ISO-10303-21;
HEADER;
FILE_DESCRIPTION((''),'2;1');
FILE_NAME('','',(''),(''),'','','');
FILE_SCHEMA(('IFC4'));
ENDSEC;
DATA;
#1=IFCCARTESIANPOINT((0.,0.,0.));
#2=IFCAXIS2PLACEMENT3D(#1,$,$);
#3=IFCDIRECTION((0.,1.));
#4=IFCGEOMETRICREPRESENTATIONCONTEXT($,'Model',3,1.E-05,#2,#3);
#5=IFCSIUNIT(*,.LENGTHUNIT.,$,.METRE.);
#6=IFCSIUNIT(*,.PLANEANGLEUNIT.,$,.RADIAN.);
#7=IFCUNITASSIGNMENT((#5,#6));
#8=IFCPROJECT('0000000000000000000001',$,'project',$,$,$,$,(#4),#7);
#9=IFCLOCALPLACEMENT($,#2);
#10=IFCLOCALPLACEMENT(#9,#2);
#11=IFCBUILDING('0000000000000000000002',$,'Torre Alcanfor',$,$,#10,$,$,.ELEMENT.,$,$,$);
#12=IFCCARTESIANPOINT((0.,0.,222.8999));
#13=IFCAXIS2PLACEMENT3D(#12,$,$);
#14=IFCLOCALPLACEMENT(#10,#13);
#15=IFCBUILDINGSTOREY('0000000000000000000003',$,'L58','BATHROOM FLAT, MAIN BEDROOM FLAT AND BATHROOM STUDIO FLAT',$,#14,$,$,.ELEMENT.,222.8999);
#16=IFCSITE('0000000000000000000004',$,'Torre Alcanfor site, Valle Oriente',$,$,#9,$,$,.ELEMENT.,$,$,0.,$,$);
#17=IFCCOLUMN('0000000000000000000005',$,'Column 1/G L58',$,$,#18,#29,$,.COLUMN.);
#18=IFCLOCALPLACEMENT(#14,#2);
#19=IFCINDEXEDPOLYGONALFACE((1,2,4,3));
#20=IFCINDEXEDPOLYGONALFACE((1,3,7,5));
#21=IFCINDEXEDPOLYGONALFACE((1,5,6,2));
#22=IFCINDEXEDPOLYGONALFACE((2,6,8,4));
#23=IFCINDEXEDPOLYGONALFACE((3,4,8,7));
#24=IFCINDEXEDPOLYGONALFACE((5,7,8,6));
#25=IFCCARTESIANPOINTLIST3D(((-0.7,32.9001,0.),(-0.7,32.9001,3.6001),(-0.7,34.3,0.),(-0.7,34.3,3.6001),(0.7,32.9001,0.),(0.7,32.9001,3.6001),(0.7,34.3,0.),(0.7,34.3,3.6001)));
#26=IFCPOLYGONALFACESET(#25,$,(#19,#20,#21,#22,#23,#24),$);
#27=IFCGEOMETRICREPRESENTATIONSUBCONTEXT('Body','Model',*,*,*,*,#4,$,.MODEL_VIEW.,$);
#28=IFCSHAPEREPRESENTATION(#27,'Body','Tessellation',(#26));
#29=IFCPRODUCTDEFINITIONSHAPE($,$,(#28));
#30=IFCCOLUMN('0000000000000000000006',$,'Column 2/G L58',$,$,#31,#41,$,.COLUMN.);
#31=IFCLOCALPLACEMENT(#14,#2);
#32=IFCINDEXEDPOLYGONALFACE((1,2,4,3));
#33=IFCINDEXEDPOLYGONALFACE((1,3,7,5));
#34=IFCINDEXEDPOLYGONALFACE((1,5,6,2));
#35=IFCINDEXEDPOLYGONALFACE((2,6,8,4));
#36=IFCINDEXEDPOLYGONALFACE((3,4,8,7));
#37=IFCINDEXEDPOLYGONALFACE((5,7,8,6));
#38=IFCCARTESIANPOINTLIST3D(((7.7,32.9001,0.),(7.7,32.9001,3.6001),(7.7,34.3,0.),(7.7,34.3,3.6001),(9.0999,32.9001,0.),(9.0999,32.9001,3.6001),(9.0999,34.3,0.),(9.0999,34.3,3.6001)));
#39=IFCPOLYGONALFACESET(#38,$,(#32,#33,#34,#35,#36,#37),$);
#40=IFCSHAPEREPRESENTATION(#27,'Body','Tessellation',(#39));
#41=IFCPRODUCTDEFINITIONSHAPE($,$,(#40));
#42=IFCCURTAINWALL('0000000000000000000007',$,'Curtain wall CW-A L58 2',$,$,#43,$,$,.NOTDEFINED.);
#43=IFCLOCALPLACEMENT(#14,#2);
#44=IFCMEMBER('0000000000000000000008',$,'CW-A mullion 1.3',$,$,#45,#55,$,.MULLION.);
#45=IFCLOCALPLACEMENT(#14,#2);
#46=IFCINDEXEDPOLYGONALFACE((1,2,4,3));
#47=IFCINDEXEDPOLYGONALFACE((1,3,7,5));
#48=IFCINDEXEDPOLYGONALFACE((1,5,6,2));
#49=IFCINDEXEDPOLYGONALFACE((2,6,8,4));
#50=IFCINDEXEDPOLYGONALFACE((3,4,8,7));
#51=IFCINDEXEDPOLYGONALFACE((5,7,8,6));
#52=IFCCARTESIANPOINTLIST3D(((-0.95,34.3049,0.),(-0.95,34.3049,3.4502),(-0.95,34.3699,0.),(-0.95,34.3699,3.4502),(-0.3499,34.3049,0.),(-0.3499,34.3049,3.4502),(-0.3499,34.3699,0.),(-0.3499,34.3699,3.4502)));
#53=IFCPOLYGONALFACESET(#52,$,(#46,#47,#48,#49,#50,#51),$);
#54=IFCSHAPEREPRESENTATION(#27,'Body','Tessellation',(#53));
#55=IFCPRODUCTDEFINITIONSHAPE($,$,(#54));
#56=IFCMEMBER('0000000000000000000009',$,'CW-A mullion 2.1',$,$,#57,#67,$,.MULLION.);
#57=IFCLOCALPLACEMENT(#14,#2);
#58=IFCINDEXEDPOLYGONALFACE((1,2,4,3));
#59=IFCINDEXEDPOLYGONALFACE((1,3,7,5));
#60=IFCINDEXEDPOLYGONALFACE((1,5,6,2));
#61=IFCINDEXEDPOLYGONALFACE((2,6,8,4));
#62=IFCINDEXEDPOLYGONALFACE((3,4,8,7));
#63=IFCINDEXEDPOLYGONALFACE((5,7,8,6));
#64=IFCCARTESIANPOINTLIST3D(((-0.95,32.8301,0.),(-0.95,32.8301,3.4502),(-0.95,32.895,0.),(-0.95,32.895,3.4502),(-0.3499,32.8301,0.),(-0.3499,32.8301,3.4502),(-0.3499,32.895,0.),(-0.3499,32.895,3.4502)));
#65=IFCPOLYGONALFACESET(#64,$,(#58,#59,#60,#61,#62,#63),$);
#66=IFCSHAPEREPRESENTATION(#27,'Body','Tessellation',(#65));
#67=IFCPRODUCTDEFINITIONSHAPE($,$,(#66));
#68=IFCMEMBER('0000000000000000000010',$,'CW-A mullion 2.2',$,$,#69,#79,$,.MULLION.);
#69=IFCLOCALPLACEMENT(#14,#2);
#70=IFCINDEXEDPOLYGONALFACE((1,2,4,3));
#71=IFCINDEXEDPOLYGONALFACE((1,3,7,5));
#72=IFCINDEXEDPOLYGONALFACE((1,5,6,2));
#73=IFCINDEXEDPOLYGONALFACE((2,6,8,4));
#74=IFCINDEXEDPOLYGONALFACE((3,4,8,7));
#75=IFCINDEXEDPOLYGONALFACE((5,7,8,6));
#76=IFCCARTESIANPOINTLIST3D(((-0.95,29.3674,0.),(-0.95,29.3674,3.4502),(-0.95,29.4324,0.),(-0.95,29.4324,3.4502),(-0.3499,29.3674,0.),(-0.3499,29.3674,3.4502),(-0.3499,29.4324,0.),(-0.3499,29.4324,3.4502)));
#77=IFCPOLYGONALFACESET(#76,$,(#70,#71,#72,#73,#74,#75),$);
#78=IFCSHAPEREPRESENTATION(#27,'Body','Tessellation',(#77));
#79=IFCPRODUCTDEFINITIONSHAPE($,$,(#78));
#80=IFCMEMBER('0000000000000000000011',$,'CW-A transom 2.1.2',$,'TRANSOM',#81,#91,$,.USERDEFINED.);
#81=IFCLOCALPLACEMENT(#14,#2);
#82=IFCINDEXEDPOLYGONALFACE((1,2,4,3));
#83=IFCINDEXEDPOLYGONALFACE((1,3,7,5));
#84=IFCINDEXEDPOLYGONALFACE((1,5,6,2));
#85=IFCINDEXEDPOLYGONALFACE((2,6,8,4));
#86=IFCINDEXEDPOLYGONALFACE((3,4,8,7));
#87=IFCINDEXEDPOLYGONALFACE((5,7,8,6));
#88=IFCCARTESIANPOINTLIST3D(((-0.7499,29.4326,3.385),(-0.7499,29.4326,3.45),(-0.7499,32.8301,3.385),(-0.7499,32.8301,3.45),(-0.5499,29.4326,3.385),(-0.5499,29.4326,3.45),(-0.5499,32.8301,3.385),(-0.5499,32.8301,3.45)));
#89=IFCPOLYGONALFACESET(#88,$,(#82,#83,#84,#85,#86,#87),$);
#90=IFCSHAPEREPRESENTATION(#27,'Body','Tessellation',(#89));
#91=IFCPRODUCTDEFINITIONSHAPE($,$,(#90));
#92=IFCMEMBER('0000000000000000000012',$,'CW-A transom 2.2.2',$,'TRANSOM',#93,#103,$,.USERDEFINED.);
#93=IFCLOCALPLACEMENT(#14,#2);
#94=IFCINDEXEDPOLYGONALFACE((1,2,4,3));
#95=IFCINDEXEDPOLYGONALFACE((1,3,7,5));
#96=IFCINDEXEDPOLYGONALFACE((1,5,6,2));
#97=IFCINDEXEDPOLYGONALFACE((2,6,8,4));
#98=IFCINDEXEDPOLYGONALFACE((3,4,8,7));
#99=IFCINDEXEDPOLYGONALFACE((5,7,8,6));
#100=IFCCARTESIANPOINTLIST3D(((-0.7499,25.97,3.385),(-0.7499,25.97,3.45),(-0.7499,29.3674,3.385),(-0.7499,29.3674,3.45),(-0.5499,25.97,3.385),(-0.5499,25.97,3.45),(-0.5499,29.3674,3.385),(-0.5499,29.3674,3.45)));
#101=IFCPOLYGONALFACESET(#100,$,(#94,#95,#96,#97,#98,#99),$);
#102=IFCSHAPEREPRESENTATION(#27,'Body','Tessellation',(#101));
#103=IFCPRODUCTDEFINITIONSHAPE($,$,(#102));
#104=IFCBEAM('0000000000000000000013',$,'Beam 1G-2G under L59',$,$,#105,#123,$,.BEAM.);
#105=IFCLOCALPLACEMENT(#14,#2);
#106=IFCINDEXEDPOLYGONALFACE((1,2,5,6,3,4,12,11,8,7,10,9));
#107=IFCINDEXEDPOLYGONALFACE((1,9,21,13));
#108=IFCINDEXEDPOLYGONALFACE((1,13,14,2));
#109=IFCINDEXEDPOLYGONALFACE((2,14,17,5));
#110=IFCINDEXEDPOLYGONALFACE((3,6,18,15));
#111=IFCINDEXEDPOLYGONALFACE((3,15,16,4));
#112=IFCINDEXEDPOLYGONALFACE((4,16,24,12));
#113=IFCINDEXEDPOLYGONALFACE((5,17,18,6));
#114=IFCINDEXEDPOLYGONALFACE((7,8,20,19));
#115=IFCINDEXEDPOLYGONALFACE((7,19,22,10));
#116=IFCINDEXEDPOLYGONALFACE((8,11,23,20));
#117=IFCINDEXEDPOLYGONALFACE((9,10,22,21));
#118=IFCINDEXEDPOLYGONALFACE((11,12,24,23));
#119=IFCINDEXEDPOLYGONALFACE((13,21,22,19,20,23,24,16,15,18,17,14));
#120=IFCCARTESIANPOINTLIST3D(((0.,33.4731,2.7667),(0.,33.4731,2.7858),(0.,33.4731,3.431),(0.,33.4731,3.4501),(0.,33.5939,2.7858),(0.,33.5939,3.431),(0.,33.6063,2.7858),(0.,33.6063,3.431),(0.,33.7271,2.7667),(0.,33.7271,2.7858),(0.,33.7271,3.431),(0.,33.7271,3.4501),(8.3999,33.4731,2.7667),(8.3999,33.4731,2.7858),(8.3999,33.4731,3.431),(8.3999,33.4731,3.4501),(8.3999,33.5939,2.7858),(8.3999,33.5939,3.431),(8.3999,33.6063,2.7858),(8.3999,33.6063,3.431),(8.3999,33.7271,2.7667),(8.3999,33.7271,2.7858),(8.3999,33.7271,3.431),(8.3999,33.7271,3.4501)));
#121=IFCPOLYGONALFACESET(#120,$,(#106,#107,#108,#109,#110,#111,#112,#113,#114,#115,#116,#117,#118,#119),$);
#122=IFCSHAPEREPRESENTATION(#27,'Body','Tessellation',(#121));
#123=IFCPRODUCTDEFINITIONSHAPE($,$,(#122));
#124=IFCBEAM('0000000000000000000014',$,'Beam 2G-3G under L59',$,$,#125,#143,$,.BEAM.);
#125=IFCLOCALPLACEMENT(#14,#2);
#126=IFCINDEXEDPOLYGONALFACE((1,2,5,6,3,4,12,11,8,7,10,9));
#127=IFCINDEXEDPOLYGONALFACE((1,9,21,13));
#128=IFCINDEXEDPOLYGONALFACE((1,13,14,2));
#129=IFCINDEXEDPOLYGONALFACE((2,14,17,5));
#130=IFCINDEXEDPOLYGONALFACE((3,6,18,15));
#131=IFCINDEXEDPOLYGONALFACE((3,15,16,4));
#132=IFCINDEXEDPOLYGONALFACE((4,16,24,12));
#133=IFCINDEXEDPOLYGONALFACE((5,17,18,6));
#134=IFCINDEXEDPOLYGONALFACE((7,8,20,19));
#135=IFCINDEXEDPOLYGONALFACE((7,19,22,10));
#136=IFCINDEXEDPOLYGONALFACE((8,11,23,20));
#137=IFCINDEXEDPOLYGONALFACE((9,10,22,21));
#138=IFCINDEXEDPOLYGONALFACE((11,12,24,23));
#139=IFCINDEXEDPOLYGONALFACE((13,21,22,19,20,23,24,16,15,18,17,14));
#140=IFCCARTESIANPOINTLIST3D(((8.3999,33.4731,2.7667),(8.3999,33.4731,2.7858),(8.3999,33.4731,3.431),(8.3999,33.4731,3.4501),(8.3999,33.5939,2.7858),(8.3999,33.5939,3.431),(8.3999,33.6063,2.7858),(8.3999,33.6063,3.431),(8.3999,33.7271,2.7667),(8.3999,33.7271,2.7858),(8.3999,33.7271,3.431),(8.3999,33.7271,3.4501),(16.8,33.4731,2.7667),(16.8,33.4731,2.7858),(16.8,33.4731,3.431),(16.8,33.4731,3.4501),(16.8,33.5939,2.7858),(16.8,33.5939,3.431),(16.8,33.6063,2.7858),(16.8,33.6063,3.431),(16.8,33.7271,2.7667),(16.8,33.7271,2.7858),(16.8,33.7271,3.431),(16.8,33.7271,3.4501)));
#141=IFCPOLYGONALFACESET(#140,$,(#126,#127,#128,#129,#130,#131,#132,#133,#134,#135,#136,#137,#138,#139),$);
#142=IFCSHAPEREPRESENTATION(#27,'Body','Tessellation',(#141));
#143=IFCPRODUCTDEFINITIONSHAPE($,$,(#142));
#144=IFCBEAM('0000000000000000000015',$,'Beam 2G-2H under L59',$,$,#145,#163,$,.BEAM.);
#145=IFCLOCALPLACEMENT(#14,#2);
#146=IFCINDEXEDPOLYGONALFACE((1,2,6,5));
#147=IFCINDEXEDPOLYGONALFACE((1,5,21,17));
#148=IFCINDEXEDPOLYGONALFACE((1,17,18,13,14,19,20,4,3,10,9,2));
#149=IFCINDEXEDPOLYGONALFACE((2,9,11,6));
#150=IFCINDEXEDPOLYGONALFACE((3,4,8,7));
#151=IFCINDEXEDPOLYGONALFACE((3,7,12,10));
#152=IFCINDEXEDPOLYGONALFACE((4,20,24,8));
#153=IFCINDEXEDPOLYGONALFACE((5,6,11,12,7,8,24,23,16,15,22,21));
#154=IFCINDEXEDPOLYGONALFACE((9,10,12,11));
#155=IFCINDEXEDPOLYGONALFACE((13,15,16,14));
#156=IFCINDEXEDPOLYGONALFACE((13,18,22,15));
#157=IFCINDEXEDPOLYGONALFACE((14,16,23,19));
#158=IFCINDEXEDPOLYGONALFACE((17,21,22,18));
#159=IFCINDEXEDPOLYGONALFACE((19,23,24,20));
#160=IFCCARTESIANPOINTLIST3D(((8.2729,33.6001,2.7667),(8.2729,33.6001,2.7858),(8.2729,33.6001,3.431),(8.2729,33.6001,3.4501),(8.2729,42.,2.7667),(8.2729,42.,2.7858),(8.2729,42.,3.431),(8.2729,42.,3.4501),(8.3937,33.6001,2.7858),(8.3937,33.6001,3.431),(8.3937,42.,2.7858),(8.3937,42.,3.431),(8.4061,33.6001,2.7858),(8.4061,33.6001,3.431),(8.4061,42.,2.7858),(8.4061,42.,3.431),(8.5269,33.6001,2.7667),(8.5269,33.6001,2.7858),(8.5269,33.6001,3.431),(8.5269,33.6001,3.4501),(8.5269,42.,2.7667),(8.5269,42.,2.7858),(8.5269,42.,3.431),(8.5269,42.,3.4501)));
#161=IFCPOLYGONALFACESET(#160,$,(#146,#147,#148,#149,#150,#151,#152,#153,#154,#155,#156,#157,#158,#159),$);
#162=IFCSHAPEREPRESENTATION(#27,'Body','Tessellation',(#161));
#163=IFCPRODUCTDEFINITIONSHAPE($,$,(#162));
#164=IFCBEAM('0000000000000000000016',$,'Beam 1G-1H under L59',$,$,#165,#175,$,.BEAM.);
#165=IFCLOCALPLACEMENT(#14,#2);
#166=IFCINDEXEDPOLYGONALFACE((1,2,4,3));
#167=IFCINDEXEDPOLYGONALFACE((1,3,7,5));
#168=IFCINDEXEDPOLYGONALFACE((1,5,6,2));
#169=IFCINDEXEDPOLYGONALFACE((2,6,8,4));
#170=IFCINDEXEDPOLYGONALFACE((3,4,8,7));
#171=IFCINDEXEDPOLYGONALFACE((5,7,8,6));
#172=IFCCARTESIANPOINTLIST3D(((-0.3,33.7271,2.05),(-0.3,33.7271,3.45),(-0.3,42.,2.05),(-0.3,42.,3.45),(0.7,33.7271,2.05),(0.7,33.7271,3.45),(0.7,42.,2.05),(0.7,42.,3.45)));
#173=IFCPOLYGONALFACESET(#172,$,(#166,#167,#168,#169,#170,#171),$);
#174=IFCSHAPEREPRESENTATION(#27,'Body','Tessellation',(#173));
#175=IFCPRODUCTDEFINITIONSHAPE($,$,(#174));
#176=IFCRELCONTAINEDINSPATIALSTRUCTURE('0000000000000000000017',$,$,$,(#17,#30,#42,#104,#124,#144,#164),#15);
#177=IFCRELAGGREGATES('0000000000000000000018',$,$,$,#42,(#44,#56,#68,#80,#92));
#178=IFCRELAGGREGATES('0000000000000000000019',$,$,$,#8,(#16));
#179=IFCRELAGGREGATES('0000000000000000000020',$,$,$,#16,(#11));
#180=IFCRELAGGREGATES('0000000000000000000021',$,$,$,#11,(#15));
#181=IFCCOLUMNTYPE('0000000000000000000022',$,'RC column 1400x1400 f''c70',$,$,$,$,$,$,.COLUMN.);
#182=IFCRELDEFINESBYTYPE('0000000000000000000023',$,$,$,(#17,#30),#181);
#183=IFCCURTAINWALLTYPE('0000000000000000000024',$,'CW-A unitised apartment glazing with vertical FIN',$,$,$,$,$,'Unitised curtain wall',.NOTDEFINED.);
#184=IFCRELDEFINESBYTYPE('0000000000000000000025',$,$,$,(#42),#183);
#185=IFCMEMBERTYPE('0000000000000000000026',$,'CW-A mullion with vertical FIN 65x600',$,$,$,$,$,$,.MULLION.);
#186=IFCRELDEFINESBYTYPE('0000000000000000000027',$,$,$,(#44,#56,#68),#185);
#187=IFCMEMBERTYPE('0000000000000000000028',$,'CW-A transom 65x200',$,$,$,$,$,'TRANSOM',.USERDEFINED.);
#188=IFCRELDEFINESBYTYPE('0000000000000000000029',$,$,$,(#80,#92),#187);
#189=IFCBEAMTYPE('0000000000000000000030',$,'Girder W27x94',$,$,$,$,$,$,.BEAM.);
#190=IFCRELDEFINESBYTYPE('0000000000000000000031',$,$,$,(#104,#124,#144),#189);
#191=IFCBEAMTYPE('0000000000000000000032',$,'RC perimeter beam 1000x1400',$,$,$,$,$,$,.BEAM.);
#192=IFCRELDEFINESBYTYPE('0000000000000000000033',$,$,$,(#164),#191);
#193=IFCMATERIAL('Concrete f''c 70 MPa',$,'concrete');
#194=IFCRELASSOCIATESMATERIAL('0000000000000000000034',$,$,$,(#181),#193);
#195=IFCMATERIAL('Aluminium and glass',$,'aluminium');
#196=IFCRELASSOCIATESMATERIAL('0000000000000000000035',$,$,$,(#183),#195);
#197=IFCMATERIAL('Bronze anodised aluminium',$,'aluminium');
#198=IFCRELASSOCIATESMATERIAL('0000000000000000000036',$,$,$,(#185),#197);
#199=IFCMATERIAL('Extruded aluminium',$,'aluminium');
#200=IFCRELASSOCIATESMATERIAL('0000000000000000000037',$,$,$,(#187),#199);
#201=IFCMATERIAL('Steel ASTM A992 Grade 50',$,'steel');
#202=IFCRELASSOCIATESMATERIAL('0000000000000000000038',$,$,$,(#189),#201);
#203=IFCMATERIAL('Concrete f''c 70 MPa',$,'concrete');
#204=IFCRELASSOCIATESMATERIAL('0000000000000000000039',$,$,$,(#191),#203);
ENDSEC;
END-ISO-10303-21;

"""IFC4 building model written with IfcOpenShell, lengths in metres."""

from ifc_helpers import new_model, si_unit, direction, frame, origin, origin_2d, place, context, subcontext, project, spatial, rectangle, i_section, extrude, material, material_profile, profile_set, type_object, element, aggregate, save


model = new_model("IFC4")

# Units and contexts
model_context = context("Model", 3, precision=1e-05, world=origin(), true_north=direction((0.0, 1.0)))
body_context = subcontext(model_context, "Body", "Model", "MODEL_VIEW")
ifc_project = project(units=[si_unit("LENGTHUNIT", "METRE"), si_unit("PLANEANGLEUNIT", "RADIAN")], contexts=[model_context])

# Site, building, storey
site_placement = place(None, origin())
site = spatial("IfcSite", under=ifc_project, at=site_placement, Name="Torre Alcanfor site, Valle Oriente", CompositionType="ELEMENT", RefElevation=0.0)
building_placement = place(site_placement, origin())
building = spatial("IfcBuilding", under=site, at=building_placement, Name="Torre Alcanfor", CompositionType="ELEMENT")
storey_placement = place(building_placement, frame((0.0, 0.0, 222.8999)))
storey = spatial("IfcBuildingStorey", under=building, at=storey_placement, Name="L58", Description="BATHROOM FLAT, MAIN BEDROOM FLAT AND BATHROOM STUDIO FLAT", CompositionType="ELEMENT", Elevation=222.8999)

# Columns
ifc_material_1 = material(Name="Concrete f'c 70 MPa", Category="concrete")
ifc_material_profile_1 = material_profile(ifc_material_1, rectangle(XDim=1.3999, YDim=1.3999, at=origin_2d()), Name="1400x1400")
ifc_profile_set_1 = profile_set([ifc_material_profile_1], Name="Concrete f'c 70 MPa")
column_type = type_object("IfcColumnType", Name="RC column 1400x1400 f'c70", PredefinedType="COLUMN", material=ifc_profile_set_1)
for number, where, z_axis, x_axis, name in (
    (1, (0.0, 33.6001, 0.0), (0.0, 0.0, 1.0), (1.0, 0.0, 0.0), "Column 1/G L58"),
    (2, (8.3999, 33.6001, 0.0), (0.0, 0.0, 1.0), (1.0, 0.0, 0.0), "Column 2/G L58"),
):
    element("IfcColumn", number, at=place(storey_placement, frame(where, z_axis=z_axis, x_axis=x_axis)), inside=storey, type_object=column_type, Name=name, PredefinedType="COLUMN", context=body_context, shape_type="SweptSolid", body=[
        extrude(rectangle(XDim=1.3999, YDim=1.3999, at=origin_2d()), origin(), (0.0, 0.0, 1.0), 3.6001),
    ])

# Curtain wall, members
ifc_material_2 = material(Name="Aluminium and glass", Category="aluminium")
curtain_wall_type = type_object("IfcCurtainWallType", Name="CW-A unitised apartment glazing with vertical FIN", ElementType="Unitised curtain wall", PredefinedType="NOTDEFINED", material=ifc_material_2)
curtain_wall_placement = place(storey_placement, origin())
curtain_wall = element("IfcCurtainWall", 3, at=curtain_wall_placement, inside=storey, type_object=curtain_wall_type, Name="Curtain wall CW-A L58 2", PredefinedType="NOTDEFINED")
ifc_material_3 = material(Name="Bronze anodised aluminium", Category="aluminium")
ifc_material_profile_2 = material_profile(ifc_material_3, rectangle(XDim=0.6001, YDim=0.0649, at=origin_2d()), Name="CW-A mullion 65x600")
ifc_profile_set_2 = profile_set([ifc_material_profile_2], Name="Bronze anodised aluminium")
member_type_1 = type_object("IfcMemberType", Name="CW-A mullion with vertical FIN 65x600", PredefinedType="MULLION", material=ifc_profile_set_2)
member_1_placement = place(storey_placement, frame((-0.6499, 34.3374, 0.0), z_axis=(0.0, 0.0, 1.0), x_axis=(1.0, 0.0, 0.0)))
member_1 = element("IfcMember", 4, at=member_1_placement, type_object=member_type_1, Name="CW-A mullion 1.3", PredefinedType="MULLION", context=body_context, shape_type="SweptSolid", body=[
    extrude(rectangle(XDim=0.6001, YDim=0.0649, at=origin_2d()), origin(), (0.0, 0.0, 1.0), 3.4502),
])
member_2_placement = place(storey_placement, frame((-0.6499, 32.8625, 0.0), z_axis=(0.0, 0.0, 1.0), x_axis=(1.0, 0.0, 0.0)))
member_2 = element("IfcMember", 5, at=member_2_placement, type_object=member_type_1, Name="CW-A mullion 2.1", PredefinedType="MULLION", context=body_context, shape_type="SweptSolid", body=[
    extrude(rectangle(XDim=0.6001, YDim=0.0649, at=origin_2d()), origin(), (0.0, 0.0, 1.0), 3.4502),
])
member_3_placement = place(storey_placement, frame((-0.6499, 29.3999, 0.0), z_axis=(0.0, 0.0, 1.0), x_axis=(1.0, 0.0, 0.0)))
member_3 = element("IfcMember", 6, at=member_3_placement, type_object=member_type_1, Name="CW-A mullion 2.2", PredefinedType="MULLION", context=body_context, shape_type="SweptSolid", body=[
    extrude(rectangle(XDim=0.6001, YDim=0.0649, at=origin_2d()), origin(), (0.0, 0.0, 1.0), 3.4502),
])
ifc_material_4 = material(Name="Extruded aluminium", Category="aluminium")
ifc_material_profile_3 = material_profile(ifc_material_4, rectangle(XDim=0.2, YDim=0.0649, at=origin_2d()), Name="CW-A transom 200x65")
ifc_profile_set_3 = profile_set([ifc_material_profile_3], Name="Extruded aluminium")
member_type_2 = type_object("IfcMemberType", Name="CW-A transom 65x200", ElementType="TRANSOM", PredefinedType="USERDEFINED", material=ifc_profile_set_3)
member_4_placement = place(storey_placement, frame((-0.6499, 32.8301, 3.4175), z_axis=(0.0, -1.0, 0.0), x_axis=(1.0, 0.0, 0.0)))
member_4 = element("IfcMember", 7, at=member_4_placement, type_object=member_type_2, Name="CW-A transom 2.1.2", ObjectType="TRANSOM", PredefinedType="USERDEFINED", context=body_context, shape_type="SweptSolid", body=[
    extrude(rectangle(XDim=0.2, YDim=0.0649, at=origin_2d()), origin(), (0.0, 0.0, 1.0), 3.3975),
])
member_5_placement = place(storey_placement, frame((-0.6499, 29.3674, 3.4175), z_axis=(0.0, -1.0, 0.0), x_axis=(1.0, 0.0, 0.0)))
member_5 = element("IfcMember", 8, at=member_5_placement, type_object=member_type_2, Name="CW-A transom 2.2.2", ObjectType="TRANSOM", PredefinedType="USERDEFINED", context=body_context, shape_type="SweptSolid", body=[
    extrude(rectangle(XDim=0.2, YDim=0.0649, at=origin_2d()), origin(), (0.0, 0.0, 1.0), 3.3975),
])

# Beams
ifc_material_5 = material(Name="Steel ASTM A992 Grade 50", Category="steel")
ifc_material_profile_4 = material_profile(ifc_material_5, i_section(OverallWidth=0.2539, OverallDepth=0.6833, WebThickness=0.0125, FlangeThickness=0.019, at=origin_2d()), Name="W27x94")
ifc_profile_set_4 = profile_set([ifc_material_profile_4], Name="Steel ASTM A992 Grade 50")
beam_type_1 = type_object("IfcBeamType", Name="Girder W27x94", PredefinedType="BEAM", material=ifc_profile_set_4)
beam_1_placement = place(storey_placement, frame((0.0, 33.6001, 3.1084), z_axis=(1.0, 0.0, 0.0), x_axis=(0.0, 1.0, 0.0)))
element("IfcBeam", 9, at=beam_1_placement, inside=storey, type_object=beam_type_1, Name="Beam 1G-2G under L59", PredefinedType="BEAM", context=body_context, shape_type="SweptSolid", body=[
    extrude(i_section(OverallWidth=0.2539, OverallDepth=0.6833, WebThickness=0.0125, FlangeThickness=0.019, at=origin_2d()), origin(), (0.0, 0.0, 1.0), 8.3999),
])
beam_2_placement = place(storey_placement, frame((8.3999, 33.6001, 3.1084), z_axis=(1.0, 0.0, 0.0), x_axis=(0.0, 1.0, 0.0)))
element("IfcBeam", 10, at=beam_2_placement, inside=storey, type_object=beam_type_1, Name="Beam 2G-3G under L59", PredefinedType="BEAM", context=body_context, shape_type="SweptSolid", body=[
    extrude(i_section(OverallWidth=0.2539, OverallDepth=0.6833, WebThickness=0.0125, FlangeThickness=0.019, at=origin_2d()), origin(), (0.0, 0.0, 1.0), 8.4001),
])
beam_3_placement = place(storey_placement, frame((8.3999, 33.6001, 3.1084), z_axis=(0.0, 1.0, 0.0), x_axis=(-1.0, 0.0, 0.0)))
element("IfcBeam", 11, at=beam_3_placement, inside=storey, type_object=beam_type_1, Name="Beam 2G-2H under L59", PredefinedType="BEAM", context=body_context, shape_type="SweptSolid", body=[
    extrude(i_section(OverallWidth=0.2539, OverallDepth=0.6833, WebThickness=0.0125, FlangeThickness=0.019, at=origin_2d()), origin(), (0.0, 0.0, 1.0), 8.3999),
])
ifc_material_6 = material(Name="Concrete f'c 70 MPa", Category="concrete")
ifc_material_profile_5 = material_profile(ifc_material_6, rectangle(XDim=1.0, YDim=1.3999, at=origin_2d()), Name="1000x1400")
ifc_profile_set_5 = profile_set([ifc_material_profile_5], Name="Concrete f'c 70 MPa")
beam_type_2 = type_object("IfcBeamType", Name="RC perimeter beam 1000x1400", PredefinedType="BEAM", material=ifc_profile_set_5)
beam_4_placement = place(storey_placement, frame((0.2, 33.7271, 2.75), z_axis=(0.0, 1.0, 0.0), x_axis=(-1.0, 0.0, 0.0)))
element("IfcBeam", 12, at=beam_4_placement, inside=storey, type_object=beam_type_2, Name="Beam 1G-1H under L59", PredefinedType="BEAM", context=body_context, shape_type="SweptSolid", body=[
    extrude(rectangle(XDim=1.0, YDim=1.3999, at=origin_2d()), origin(), (0.0, 0.0, 1.0), 8.2729),
])

aggregate(curtain_wall, [member_1, member_2, member_3, member_4, member_5])

save(model, "model.ifc")
